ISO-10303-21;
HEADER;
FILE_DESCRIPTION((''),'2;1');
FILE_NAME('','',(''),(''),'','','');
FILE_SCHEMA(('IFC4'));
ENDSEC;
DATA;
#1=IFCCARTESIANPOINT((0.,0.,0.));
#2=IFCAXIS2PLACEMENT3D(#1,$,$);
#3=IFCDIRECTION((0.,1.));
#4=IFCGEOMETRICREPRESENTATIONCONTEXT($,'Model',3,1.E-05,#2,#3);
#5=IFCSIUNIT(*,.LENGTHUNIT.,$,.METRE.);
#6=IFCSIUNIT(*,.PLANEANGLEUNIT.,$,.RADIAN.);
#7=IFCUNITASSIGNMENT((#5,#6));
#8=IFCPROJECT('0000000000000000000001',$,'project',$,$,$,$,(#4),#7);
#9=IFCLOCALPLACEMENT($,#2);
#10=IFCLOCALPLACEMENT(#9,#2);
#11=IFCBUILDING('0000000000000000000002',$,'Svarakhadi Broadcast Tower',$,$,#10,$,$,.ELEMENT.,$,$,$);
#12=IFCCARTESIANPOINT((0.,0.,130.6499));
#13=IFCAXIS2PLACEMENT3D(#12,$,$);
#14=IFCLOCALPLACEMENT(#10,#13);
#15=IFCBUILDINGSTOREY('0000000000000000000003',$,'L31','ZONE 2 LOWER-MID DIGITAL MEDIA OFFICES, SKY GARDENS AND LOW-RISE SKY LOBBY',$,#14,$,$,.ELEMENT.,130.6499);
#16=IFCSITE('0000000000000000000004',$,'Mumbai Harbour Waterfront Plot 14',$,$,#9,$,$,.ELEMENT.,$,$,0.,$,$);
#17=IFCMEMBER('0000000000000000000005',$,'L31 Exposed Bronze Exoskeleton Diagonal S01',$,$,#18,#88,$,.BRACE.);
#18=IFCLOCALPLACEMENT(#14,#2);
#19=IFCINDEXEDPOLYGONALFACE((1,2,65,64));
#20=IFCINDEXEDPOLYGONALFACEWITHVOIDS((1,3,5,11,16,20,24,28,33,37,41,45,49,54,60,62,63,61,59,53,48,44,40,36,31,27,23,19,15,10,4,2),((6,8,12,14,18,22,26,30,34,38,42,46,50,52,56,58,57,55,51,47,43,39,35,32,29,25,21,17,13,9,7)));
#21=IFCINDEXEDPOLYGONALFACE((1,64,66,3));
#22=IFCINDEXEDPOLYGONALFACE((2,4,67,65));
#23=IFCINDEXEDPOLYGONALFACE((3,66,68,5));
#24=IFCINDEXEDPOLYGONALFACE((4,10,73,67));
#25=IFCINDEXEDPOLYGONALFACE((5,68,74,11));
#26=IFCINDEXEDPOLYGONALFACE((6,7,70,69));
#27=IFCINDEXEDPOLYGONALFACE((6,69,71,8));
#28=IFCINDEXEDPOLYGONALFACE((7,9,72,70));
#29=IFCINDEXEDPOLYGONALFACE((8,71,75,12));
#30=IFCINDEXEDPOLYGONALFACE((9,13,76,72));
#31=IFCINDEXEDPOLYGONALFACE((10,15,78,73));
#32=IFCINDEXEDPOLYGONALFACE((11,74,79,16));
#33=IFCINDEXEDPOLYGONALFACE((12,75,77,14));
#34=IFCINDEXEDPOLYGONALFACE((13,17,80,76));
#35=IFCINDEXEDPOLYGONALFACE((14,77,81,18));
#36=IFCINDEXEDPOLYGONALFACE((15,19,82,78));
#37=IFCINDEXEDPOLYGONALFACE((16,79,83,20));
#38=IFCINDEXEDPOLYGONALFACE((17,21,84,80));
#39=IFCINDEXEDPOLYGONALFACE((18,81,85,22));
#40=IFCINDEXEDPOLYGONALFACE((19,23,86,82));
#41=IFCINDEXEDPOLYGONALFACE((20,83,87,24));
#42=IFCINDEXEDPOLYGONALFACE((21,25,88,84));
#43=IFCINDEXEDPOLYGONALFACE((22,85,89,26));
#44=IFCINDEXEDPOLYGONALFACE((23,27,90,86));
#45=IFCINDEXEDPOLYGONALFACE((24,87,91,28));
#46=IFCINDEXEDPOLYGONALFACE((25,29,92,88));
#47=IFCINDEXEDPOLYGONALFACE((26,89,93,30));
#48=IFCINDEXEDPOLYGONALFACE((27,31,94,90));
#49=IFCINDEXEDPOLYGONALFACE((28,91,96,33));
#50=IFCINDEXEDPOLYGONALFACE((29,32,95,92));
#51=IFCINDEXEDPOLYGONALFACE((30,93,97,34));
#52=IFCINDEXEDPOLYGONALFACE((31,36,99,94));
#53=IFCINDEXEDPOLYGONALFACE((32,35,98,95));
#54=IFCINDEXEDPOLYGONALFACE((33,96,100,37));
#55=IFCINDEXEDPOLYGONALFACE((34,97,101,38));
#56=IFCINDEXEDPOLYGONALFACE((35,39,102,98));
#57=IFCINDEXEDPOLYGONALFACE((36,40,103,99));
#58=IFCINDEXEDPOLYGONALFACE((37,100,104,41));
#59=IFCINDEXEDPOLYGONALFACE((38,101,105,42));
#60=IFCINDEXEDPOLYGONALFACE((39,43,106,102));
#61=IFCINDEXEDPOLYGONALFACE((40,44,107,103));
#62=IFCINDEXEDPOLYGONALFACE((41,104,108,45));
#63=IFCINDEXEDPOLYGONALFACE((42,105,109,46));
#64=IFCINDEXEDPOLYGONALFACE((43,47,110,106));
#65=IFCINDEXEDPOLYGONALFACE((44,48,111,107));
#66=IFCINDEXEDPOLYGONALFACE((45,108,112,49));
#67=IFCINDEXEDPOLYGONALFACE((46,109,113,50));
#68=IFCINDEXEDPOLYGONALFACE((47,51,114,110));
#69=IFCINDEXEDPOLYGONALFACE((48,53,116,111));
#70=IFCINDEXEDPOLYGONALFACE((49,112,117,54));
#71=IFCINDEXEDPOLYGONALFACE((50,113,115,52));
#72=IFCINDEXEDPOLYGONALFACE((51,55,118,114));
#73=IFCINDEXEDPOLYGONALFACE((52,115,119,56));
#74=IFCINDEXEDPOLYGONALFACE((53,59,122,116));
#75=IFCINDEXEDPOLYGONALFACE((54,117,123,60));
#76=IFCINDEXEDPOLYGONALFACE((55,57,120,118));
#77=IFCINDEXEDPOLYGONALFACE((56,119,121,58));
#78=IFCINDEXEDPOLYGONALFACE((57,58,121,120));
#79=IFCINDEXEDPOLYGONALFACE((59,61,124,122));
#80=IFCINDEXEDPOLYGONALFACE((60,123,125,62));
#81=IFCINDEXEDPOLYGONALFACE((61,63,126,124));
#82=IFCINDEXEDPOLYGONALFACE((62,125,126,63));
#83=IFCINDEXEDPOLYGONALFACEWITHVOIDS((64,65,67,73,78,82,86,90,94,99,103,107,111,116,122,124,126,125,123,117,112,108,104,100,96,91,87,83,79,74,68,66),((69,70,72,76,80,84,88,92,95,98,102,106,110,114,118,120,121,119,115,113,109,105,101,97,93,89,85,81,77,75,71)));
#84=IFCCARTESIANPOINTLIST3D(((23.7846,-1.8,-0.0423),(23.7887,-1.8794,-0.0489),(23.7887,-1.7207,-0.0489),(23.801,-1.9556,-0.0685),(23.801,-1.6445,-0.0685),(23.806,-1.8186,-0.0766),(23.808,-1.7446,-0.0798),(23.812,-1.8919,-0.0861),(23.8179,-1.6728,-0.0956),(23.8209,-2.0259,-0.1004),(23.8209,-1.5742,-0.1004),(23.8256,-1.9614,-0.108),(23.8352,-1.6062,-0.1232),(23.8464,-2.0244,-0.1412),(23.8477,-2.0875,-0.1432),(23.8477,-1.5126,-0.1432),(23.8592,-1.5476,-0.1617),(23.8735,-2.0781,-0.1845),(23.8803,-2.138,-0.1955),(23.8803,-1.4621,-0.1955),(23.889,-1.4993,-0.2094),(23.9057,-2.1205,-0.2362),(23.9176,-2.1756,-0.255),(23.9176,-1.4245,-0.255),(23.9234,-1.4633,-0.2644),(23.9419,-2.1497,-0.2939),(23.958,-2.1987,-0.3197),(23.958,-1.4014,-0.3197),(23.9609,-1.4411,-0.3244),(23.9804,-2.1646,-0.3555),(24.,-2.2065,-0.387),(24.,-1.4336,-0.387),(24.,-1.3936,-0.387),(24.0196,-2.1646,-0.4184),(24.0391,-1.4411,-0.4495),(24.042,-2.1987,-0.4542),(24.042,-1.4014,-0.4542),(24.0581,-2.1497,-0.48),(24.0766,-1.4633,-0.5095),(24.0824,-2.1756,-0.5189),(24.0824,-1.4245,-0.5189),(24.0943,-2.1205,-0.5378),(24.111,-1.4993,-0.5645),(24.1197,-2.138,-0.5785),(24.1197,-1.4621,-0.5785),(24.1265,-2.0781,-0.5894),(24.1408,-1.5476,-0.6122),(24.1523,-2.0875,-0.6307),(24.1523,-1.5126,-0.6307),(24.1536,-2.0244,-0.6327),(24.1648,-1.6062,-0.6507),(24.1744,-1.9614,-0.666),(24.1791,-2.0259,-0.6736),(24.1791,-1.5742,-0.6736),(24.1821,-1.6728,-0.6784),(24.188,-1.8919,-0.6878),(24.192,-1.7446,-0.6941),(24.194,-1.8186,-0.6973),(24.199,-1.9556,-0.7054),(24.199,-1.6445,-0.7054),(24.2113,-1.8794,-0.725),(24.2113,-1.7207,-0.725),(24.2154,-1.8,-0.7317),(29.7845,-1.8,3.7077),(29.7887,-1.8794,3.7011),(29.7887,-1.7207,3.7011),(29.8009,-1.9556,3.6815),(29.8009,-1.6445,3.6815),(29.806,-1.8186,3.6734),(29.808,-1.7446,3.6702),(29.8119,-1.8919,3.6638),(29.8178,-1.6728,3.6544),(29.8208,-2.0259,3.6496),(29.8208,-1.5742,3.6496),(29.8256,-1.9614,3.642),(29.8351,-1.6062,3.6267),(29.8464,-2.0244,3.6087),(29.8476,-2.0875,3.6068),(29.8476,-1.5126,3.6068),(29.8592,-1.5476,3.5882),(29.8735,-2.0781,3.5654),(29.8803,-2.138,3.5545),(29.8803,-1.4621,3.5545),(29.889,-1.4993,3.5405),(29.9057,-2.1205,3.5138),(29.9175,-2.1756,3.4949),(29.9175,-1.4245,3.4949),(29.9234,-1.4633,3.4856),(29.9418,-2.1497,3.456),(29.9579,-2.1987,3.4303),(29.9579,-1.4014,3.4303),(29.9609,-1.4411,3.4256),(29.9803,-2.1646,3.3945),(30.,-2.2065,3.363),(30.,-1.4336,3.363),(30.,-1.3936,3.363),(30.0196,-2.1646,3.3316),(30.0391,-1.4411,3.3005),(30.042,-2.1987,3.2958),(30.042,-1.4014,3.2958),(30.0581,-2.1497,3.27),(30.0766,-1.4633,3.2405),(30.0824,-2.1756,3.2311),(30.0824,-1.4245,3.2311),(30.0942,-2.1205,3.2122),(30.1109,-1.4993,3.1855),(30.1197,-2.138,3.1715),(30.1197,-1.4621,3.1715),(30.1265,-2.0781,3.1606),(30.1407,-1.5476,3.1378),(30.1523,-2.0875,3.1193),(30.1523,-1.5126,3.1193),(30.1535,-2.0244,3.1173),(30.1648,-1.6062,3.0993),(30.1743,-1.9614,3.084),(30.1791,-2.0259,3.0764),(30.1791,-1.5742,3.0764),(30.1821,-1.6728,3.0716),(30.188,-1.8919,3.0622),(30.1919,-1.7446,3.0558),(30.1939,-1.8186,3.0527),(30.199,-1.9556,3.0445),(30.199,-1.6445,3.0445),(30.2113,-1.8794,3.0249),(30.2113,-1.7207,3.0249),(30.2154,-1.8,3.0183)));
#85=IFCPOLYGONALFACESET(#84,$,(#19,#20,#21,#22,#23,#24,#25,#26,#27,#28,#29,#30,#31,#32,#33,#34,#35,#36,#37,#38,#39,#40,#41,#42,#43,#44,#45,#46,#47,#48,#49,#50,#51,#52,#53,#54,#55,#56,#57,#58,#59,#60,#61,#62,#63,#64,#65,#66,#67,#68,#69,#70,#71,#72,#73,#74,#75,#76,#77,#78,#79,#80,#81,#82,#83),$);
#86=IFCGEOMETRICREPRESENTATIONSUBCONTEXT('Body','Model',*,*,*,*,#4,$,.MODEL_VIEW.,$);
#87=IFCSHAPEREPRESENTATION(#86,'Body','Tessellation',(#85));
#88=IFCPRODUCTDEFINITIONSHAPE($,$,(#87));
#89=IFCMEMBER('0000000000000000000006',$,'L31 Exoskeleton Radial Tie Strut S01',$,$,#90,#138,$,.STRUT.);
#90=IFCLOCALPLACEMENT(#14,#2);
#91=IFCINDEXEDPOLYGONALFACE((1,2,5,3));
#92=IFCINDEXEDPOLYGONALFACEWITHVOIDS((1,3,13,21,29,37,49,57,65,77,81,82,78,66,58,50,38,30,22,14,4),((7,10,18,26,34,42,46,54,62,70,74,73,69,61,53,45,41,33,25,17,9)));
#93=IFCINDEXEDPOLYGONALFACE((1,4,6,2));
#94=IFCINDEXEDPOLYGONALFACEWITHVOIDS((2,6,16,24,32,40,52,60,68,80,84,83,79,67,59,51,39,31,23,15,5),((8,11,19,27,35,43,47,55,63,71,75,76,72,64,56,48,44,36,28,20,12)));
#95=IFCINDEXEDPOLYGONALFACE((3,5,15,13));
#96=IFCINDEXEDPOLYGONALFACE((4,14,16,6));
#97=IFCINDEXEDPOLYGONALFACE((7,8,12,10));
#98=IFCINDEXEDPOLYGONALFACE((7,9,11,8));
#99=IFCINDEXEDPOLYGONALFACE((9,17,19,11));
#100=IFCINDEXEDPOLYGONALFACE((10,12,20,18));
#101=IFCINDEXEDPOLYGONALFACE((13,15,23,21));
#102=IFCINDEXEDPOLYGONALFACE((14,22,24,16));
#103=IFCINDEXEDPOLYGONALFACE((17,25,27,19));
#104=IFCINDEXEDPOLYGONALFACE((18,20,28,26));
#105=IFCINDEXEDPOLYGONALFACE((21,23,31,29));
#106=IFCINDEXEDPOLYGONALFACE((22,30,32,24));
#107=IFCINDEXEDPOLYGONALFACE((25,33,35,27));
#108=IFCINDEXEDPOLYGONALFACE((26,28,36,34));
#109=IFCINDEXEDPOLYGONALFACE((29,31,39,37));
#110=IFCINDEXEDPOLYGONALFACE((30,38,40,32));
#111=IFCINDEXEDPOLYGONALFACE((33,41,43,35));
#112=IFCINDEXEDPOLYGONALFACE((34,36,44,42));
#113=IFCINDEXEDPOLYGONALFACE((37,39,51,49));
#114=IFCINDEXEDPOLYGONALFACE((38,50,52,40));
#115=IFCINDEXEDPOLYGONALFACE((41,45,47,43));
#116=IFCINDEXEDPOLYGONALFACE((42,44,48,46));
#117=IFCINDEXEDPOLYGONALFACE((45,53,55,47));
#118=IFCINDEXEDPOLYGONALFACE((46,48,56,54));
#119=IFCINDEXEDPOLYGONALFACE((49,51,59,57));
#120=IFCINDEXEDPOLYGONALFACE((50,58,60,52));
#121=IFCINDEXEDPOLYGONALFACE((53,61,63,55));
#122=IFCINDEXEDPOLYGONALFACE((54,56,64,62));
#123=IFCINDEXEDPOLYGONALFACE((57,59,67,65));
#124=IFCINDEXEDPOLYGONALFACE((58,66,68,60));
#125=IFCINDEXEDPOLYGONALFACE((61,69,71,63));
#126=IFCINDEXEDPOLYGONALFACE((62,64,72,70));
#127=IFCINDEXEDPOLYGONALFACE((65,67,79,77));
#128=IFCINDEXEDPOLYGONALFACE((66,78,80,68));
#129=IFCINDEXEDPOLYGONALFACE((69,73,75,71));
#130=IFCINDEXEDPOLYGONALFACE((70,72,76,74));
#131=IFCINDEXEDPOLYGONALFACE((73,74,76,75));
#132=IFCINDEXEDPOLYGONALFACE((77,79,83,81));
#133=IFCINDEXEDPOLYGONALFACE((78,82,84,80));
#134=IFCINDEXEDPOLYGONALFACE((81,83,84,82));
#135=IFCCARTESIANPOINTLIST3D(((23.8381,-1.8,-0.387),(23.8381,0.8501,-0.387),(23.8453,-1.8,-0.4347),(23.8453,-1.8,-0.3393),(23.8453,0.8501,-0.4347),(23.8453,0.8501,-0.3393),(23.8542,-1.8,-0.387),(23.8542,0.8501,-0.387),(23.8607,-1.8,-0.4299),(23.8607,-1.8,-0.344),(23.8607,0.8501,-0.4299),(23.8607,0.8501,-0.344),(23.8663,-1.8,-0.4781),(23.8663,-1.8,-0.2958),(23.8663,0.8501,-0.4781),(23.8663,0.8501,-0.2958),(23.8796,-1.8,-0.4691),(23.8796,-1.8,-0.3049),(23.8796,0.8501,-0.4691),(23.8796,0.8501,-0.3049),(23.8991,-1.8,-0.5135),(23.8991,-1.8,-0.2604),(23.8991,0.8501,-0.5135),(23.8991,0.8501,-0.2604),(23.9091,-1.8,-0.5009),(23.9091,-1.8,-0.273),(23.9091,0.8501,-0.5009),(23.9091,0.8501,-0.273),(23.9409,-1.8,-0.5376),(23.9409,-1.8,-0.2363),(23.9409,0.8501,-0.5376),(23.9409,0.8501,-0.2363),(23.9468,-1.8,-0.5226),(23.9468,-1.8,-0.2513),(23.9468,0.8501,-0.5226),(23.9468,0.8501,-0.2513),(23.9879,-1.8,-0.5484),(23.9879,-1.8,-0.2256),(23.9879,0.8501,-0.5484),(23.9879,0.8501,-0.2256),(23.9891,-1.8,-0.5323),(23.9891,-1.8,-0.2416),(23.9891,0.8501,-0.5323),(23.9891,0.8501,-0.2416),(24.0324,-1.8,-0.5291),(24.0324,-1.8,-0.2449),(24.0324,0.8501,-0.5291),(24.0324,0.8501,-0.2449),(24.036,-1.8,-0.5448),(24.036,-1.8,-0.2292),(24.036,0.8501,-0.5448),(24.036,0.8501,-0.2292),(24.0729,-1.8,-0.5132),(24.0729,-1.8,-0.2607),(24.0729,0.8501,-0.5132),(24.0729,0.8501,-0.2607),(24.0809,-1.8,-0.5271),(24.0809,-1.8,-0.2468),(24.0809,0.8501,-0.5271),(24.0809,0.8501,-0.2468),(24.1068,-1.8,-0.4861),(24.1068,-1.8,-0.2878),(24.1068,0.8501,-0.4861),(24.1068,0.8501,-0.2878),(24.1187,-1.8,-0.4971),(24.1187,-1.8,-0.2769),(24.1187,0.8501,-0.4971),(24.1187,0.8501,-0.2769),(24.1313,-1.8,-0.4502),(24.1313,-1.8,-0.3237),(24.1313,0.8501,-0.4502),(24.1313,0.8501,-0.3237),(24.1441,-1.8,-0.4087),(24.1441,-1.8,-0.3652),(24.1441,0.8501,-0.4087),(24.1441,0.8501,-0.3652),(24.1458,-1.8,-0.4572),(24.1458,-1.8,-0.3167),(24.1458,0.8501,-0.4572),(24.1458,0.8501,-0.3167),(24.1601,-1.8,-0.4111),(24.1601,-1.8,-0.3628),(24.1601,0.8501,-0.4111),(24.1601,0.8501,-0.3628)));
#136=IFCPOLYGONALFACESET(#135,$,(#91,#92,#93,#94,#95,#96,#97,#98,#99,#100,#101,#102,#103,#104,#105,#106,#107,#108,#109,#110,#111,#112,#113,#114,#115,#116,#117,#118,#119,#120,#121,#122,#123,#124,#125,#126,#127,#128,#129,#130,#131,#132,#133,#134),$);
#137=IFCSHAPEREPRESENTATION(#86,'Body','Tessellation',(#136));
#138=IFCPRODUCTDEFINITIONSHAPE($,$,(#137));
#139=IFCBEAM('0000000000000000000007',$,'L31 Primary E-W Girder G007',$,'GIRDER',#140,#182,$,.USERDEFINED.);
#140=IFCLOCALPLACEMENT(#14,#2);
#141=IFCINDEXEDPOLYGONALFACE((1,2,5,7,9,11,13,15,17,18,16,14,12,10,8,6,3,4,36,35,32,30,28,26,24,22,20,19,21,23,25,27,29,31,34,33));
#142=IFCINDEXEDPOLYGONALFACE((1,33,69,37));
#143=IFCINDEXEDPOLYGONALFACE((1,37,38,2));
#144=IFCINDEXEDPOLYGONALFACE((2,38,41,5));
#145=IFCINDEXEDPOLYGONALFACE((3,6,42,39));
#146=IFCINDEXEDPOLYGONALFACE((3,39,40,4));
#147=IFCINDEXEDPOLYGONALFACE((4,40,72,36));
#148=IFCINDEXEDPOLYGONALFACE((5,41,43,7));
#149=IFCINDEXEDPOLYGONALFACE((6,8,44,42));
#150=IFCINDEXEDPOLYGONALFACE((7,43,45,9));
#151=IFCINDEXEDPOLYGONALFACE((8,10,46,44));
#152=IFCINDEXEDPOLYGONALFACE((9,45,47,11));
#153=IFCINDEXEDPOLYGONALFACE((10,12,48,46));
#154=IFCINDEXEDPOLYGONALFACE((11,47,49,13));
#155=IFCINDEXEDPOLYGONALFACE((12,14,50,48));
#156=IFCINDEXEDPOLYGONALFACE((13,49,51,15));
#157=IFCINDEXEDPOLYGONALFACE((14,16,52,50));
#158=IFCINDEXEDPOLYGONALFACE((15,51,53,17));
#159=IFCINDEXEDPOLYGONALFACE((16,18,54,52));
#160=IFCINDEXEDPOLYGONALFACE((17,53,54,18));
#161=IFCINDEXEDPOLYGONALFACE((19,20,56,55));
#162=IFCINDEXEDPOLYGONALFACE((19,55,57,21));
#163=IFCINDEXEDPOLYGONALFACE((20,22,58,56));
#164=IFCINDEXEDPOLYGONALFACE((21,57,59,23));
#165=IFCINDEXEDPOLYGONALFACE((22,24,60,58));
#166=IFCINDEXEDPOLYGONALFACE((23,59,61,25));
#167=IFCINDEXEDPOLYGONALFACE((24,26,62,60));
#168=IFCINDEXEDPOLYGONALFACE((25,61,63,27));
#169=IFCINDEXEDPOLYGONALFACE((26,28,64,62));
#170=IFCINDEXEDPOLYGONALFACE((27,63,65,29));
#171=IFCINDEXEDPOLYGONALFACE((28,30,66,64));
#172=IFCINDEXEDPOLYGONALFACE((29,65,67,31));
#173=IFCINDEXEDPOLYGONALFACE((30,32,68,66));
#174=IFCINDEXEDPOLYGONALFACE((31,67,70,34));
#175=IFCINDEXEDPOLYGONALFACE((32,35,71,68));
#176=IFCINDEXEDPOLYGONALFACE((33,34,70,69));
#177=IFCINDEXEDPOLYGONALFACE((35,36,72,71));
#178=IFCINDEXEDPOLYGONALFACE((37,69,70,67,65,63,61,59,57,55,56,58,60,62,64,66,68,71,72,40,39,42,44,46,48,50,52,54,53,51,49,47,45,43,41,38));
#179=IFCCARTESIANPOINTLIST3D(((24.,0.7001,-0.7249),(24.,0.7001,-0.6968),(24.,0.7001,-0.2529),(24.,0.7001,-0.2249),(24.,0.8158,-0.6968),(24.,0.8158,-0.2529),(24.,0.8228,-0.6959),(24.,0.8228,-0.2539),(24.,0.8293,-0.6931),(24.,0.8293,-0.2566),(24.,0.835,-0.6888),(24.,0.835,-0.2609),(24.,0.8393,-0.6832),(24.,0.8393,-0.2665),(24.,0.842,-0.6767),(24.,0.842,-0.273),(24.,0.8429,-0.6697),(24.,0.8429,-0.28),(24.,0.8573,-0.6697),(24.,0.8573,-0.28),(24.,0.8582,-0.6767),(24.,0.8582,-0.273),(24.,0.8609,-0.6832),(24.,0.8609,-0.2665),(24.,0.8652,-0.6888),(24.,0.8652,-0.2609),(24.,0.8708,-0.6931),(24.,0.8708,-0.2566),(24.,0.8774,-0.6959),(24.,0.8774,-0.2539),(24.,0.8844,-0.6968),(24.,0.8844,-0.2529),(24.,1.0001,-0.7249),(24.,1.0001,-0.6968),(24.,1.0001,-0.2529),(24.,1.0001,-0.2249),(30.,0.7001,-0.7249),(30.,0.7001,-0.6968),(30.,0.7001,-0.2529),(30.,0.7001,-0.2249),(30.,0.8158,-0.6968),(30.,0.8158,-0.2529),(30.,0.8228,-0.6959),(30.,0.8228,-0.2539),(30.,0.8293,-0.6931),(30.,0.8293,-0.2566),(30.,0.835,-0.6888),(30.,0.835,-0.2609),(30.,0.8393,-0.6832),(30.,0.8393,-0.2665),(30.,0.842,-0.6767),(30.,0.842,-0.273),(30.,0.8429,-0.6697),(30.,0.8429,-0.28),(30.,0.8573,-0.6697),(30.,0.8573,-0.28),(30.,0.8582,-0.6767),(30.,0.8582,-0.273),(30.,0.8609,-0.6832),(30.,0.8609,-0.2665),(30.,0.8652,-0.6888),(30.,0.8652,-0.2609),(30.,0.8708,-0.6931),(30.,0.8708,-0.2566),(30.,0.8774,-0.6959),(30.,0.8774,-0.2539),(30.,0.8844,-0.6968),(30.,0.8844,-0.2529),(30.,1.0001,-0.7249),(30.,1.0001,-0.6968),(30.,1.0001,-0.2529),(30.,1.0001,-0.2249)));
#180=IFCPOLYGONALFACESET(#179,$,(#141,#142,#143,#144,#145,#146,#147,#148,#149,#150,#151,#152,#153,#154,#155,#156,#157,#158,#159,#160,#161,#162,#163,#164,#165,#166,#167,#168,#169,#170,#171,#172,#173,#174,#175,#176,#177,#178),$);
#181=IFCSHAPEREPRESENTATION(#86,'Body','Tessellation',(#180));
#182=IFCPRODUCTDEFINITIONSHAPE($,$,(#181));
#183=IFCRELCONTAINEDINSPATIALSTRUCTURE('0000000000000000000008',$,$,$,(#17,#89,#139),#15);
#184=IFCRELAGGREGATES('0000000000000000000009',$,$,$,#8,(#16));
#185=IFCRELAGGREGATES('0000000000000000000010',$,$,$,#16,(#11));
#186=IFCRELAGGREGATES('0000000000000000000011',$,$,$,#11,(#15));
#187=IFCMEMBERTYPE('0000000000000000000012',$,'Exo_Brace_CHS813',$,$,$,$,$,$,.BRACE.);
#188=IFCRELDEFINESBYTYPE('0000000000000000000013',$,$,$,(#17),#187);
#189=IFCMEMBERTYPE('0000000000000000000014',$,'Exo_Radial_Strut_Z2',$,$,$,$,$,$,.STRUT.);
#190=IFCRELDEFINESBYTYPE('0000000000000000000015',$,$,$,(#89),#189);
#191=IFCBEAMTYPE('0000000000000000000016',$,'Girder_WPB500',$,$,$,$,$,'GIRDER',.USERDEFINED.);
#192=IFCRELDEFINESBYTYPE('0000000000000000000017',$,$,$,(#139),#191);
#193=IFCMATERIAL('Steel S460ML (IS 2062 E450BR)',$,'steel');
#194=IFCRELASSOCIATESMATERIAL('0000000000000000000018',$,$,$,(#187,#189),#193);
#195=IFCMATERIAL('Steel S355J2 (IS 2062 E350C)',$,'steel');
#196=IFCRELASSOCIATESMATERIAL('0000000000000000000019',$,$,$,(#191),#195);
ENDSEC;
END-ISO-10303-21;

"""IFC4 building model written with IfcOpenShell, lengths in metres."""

from ifc_helpers import new_model, si_unit, direction, frame, origin, origin_2d, place, context, subcontext, project, spatial, hollow_circle, i_section, extrude, material, material_profile, profile_set, type_object, element, save


model = new_model("IFC4")

# Units and contexts
model_context = context("Model", 3, precision=1e-05, world=origin(), true_north=direction((0.0, 1.0)))
body_context = subcontext(model_context, "Body", "Model", "MODEL_VIEW")
ifc_project = project(units=[si_unit("LENGTHUNIT", "METRE"), si_unit("PLANEANGLEUNIT", "RADIAN")], contexts=[model_context])

# Site, building, storey
site_placement = place(None, origin())
site = spatial("IfcSite", under=ifc_project, at=site_placement, Name="Mumbai Harbour Waterfront Plot 14", CompositionType="ELEMENT", RefElevation=0.0)
building_placement = place(site_placement, origin())
building = spatial("IfcBuilding", under=site, at=building_placement, Name="Svarakhadi Broadcast Tower", CompositionType="ELEMENT")
storey_placement = place(building_placement, frame((0.0, 0.0, 130.6499)))
storey = spatial("IfcBuildingStorey", under=building, at=storey_placement, Name="L31", Description="ZONE 2 LOWER-MID DIGITAL MEDIA OFFICES, SKY GARDENS AND LOW-RISE SKY LOBBY", CompositionType="ELEMENT", Elevation=130.6499)

# Shared definitions
ifc_material_1 = material(Name="Steel S355J2 (IS 2062 E350C)", Category="steel")

# Members
ifc_material_2 = material(Name="Steel S460ML (IS 2062 E450BR)", Category="steel")
ifc_material_profile_1 = material_profile(ifc_material_2, hollow_circle(Radius=0.4065, WallThickness=0.04, at=origin_2d()), Name="CHS 813x40")
ifc_profile_set_1 = profile_set([ifc_material_profile_1], Name="Steel S460ML (IS 2062 E450BR)")
member_type_1 = type_object("IfcMemberType", Name="Exo_Brace_CHS813", PredefinedType="BRACE", material=ifc_profile_set_1)
member_1_placement = place(storey_placement, frame((24.0, -1.8, -0.387), z_axis=(0.847998, 0.0, 0.529999), x_axis=(0.0, 1.0, 0.0)))
element("IfcMember", 1, at=member_1_placement, inside=storey, type_object=member_type_1, Name="L31 Exposed Bronze Exoskeleton Diagonal S01", PredefinedType="BRACE", context=body_context, shape_type="SweptSolid", body=[
    extrude(hollow_circle(Radius=0.4065, WallThickness=0.04, at=origin_2d()), origin(), (0.0, 0.0, 1.0), 7.0754),
])
ifc_material_profile_2 = material_profile(ifc_material_2, hollow_circle(Radius=0.1619, WallThickness=0.0161, at=origin_2d()), Name="CHS 323.9x16")
ifc_profile_set_2 = profile_set([ifc_material_profile_2], Name="Steel S460ML (IS 2062 E450BR)")
member_type_2 = type_object("IfcMemberType", Name="Exo_Radial_Strut_Z2", PredefinedType="STRUT", material=ifc_profile_set_2)
member_2_placement = place(storey_placement, frame((24.0, -1.8, -0.387), z_axis=(0.0, 1.0, 0.0), x_axis=(-1.0, 0.0, 0.0)))
element("IfcMember", 2, at=member_2_placement, inside=storey, type_object=member_type_2, Name="L31 Exoskeleton Radial Tie Strut S01", PredefinedType="STRUT", context=body_context, shape_type="SweptSolid", body=[
    extrude(hollow_circle(Radius=0.1619, WallThickness=0.0161, at=origin_2d()), origin(), (0.0, 0.0, 1.0), 2.6501),
])

# Beam
ifc_material_profile_3 = material_profile(ifc_material_1, i_section(OverallWidth=0.3, OverallDepth=0.5, WebThickness=0.0144, FlangeThickness=0.0281, FilletRadius=0.0271, at=origin_2d()), Name="WPB 500x300x187")
ifc_profile_set_3 = profile_set([ifc_material_profile_3], Name="Steel S355J2 (IS 2062 E350C)")
beam_type_1 = type_object("IfcBeamType", Name="Girder_WPB500", ElementType="GIRDER", PredefinedType="USERDEFINED", material=ifc_profile_set_3)
beam_1_placement = place(storey_placement, frame((24.0, 0.8501, -0.4749), z_axis=(1.0, 0.0, 0.0), x_axis=(0.0, 1.0, 0.0)))
element("IfcBeam", 3, at=beam_1_placement, inside=storey, type_object=beam_type_1, Name="L31 Primary E-W Girder G007", ObjectType="GIRDER", PredefinedType="USERDEFINED", context=body_context, shape_type="SweptSolid", body=[
    extrude(i_section(OverallWidth=0.3, OverallDepth=0.5, WebThickness=0.0144, FlangeThickness=0.0281, FilletRadius=0.0271, at=origin_2d()), origin(), (0.0, 0.0, 1.0), 6.0),
])

save(model, "model.ifc")
